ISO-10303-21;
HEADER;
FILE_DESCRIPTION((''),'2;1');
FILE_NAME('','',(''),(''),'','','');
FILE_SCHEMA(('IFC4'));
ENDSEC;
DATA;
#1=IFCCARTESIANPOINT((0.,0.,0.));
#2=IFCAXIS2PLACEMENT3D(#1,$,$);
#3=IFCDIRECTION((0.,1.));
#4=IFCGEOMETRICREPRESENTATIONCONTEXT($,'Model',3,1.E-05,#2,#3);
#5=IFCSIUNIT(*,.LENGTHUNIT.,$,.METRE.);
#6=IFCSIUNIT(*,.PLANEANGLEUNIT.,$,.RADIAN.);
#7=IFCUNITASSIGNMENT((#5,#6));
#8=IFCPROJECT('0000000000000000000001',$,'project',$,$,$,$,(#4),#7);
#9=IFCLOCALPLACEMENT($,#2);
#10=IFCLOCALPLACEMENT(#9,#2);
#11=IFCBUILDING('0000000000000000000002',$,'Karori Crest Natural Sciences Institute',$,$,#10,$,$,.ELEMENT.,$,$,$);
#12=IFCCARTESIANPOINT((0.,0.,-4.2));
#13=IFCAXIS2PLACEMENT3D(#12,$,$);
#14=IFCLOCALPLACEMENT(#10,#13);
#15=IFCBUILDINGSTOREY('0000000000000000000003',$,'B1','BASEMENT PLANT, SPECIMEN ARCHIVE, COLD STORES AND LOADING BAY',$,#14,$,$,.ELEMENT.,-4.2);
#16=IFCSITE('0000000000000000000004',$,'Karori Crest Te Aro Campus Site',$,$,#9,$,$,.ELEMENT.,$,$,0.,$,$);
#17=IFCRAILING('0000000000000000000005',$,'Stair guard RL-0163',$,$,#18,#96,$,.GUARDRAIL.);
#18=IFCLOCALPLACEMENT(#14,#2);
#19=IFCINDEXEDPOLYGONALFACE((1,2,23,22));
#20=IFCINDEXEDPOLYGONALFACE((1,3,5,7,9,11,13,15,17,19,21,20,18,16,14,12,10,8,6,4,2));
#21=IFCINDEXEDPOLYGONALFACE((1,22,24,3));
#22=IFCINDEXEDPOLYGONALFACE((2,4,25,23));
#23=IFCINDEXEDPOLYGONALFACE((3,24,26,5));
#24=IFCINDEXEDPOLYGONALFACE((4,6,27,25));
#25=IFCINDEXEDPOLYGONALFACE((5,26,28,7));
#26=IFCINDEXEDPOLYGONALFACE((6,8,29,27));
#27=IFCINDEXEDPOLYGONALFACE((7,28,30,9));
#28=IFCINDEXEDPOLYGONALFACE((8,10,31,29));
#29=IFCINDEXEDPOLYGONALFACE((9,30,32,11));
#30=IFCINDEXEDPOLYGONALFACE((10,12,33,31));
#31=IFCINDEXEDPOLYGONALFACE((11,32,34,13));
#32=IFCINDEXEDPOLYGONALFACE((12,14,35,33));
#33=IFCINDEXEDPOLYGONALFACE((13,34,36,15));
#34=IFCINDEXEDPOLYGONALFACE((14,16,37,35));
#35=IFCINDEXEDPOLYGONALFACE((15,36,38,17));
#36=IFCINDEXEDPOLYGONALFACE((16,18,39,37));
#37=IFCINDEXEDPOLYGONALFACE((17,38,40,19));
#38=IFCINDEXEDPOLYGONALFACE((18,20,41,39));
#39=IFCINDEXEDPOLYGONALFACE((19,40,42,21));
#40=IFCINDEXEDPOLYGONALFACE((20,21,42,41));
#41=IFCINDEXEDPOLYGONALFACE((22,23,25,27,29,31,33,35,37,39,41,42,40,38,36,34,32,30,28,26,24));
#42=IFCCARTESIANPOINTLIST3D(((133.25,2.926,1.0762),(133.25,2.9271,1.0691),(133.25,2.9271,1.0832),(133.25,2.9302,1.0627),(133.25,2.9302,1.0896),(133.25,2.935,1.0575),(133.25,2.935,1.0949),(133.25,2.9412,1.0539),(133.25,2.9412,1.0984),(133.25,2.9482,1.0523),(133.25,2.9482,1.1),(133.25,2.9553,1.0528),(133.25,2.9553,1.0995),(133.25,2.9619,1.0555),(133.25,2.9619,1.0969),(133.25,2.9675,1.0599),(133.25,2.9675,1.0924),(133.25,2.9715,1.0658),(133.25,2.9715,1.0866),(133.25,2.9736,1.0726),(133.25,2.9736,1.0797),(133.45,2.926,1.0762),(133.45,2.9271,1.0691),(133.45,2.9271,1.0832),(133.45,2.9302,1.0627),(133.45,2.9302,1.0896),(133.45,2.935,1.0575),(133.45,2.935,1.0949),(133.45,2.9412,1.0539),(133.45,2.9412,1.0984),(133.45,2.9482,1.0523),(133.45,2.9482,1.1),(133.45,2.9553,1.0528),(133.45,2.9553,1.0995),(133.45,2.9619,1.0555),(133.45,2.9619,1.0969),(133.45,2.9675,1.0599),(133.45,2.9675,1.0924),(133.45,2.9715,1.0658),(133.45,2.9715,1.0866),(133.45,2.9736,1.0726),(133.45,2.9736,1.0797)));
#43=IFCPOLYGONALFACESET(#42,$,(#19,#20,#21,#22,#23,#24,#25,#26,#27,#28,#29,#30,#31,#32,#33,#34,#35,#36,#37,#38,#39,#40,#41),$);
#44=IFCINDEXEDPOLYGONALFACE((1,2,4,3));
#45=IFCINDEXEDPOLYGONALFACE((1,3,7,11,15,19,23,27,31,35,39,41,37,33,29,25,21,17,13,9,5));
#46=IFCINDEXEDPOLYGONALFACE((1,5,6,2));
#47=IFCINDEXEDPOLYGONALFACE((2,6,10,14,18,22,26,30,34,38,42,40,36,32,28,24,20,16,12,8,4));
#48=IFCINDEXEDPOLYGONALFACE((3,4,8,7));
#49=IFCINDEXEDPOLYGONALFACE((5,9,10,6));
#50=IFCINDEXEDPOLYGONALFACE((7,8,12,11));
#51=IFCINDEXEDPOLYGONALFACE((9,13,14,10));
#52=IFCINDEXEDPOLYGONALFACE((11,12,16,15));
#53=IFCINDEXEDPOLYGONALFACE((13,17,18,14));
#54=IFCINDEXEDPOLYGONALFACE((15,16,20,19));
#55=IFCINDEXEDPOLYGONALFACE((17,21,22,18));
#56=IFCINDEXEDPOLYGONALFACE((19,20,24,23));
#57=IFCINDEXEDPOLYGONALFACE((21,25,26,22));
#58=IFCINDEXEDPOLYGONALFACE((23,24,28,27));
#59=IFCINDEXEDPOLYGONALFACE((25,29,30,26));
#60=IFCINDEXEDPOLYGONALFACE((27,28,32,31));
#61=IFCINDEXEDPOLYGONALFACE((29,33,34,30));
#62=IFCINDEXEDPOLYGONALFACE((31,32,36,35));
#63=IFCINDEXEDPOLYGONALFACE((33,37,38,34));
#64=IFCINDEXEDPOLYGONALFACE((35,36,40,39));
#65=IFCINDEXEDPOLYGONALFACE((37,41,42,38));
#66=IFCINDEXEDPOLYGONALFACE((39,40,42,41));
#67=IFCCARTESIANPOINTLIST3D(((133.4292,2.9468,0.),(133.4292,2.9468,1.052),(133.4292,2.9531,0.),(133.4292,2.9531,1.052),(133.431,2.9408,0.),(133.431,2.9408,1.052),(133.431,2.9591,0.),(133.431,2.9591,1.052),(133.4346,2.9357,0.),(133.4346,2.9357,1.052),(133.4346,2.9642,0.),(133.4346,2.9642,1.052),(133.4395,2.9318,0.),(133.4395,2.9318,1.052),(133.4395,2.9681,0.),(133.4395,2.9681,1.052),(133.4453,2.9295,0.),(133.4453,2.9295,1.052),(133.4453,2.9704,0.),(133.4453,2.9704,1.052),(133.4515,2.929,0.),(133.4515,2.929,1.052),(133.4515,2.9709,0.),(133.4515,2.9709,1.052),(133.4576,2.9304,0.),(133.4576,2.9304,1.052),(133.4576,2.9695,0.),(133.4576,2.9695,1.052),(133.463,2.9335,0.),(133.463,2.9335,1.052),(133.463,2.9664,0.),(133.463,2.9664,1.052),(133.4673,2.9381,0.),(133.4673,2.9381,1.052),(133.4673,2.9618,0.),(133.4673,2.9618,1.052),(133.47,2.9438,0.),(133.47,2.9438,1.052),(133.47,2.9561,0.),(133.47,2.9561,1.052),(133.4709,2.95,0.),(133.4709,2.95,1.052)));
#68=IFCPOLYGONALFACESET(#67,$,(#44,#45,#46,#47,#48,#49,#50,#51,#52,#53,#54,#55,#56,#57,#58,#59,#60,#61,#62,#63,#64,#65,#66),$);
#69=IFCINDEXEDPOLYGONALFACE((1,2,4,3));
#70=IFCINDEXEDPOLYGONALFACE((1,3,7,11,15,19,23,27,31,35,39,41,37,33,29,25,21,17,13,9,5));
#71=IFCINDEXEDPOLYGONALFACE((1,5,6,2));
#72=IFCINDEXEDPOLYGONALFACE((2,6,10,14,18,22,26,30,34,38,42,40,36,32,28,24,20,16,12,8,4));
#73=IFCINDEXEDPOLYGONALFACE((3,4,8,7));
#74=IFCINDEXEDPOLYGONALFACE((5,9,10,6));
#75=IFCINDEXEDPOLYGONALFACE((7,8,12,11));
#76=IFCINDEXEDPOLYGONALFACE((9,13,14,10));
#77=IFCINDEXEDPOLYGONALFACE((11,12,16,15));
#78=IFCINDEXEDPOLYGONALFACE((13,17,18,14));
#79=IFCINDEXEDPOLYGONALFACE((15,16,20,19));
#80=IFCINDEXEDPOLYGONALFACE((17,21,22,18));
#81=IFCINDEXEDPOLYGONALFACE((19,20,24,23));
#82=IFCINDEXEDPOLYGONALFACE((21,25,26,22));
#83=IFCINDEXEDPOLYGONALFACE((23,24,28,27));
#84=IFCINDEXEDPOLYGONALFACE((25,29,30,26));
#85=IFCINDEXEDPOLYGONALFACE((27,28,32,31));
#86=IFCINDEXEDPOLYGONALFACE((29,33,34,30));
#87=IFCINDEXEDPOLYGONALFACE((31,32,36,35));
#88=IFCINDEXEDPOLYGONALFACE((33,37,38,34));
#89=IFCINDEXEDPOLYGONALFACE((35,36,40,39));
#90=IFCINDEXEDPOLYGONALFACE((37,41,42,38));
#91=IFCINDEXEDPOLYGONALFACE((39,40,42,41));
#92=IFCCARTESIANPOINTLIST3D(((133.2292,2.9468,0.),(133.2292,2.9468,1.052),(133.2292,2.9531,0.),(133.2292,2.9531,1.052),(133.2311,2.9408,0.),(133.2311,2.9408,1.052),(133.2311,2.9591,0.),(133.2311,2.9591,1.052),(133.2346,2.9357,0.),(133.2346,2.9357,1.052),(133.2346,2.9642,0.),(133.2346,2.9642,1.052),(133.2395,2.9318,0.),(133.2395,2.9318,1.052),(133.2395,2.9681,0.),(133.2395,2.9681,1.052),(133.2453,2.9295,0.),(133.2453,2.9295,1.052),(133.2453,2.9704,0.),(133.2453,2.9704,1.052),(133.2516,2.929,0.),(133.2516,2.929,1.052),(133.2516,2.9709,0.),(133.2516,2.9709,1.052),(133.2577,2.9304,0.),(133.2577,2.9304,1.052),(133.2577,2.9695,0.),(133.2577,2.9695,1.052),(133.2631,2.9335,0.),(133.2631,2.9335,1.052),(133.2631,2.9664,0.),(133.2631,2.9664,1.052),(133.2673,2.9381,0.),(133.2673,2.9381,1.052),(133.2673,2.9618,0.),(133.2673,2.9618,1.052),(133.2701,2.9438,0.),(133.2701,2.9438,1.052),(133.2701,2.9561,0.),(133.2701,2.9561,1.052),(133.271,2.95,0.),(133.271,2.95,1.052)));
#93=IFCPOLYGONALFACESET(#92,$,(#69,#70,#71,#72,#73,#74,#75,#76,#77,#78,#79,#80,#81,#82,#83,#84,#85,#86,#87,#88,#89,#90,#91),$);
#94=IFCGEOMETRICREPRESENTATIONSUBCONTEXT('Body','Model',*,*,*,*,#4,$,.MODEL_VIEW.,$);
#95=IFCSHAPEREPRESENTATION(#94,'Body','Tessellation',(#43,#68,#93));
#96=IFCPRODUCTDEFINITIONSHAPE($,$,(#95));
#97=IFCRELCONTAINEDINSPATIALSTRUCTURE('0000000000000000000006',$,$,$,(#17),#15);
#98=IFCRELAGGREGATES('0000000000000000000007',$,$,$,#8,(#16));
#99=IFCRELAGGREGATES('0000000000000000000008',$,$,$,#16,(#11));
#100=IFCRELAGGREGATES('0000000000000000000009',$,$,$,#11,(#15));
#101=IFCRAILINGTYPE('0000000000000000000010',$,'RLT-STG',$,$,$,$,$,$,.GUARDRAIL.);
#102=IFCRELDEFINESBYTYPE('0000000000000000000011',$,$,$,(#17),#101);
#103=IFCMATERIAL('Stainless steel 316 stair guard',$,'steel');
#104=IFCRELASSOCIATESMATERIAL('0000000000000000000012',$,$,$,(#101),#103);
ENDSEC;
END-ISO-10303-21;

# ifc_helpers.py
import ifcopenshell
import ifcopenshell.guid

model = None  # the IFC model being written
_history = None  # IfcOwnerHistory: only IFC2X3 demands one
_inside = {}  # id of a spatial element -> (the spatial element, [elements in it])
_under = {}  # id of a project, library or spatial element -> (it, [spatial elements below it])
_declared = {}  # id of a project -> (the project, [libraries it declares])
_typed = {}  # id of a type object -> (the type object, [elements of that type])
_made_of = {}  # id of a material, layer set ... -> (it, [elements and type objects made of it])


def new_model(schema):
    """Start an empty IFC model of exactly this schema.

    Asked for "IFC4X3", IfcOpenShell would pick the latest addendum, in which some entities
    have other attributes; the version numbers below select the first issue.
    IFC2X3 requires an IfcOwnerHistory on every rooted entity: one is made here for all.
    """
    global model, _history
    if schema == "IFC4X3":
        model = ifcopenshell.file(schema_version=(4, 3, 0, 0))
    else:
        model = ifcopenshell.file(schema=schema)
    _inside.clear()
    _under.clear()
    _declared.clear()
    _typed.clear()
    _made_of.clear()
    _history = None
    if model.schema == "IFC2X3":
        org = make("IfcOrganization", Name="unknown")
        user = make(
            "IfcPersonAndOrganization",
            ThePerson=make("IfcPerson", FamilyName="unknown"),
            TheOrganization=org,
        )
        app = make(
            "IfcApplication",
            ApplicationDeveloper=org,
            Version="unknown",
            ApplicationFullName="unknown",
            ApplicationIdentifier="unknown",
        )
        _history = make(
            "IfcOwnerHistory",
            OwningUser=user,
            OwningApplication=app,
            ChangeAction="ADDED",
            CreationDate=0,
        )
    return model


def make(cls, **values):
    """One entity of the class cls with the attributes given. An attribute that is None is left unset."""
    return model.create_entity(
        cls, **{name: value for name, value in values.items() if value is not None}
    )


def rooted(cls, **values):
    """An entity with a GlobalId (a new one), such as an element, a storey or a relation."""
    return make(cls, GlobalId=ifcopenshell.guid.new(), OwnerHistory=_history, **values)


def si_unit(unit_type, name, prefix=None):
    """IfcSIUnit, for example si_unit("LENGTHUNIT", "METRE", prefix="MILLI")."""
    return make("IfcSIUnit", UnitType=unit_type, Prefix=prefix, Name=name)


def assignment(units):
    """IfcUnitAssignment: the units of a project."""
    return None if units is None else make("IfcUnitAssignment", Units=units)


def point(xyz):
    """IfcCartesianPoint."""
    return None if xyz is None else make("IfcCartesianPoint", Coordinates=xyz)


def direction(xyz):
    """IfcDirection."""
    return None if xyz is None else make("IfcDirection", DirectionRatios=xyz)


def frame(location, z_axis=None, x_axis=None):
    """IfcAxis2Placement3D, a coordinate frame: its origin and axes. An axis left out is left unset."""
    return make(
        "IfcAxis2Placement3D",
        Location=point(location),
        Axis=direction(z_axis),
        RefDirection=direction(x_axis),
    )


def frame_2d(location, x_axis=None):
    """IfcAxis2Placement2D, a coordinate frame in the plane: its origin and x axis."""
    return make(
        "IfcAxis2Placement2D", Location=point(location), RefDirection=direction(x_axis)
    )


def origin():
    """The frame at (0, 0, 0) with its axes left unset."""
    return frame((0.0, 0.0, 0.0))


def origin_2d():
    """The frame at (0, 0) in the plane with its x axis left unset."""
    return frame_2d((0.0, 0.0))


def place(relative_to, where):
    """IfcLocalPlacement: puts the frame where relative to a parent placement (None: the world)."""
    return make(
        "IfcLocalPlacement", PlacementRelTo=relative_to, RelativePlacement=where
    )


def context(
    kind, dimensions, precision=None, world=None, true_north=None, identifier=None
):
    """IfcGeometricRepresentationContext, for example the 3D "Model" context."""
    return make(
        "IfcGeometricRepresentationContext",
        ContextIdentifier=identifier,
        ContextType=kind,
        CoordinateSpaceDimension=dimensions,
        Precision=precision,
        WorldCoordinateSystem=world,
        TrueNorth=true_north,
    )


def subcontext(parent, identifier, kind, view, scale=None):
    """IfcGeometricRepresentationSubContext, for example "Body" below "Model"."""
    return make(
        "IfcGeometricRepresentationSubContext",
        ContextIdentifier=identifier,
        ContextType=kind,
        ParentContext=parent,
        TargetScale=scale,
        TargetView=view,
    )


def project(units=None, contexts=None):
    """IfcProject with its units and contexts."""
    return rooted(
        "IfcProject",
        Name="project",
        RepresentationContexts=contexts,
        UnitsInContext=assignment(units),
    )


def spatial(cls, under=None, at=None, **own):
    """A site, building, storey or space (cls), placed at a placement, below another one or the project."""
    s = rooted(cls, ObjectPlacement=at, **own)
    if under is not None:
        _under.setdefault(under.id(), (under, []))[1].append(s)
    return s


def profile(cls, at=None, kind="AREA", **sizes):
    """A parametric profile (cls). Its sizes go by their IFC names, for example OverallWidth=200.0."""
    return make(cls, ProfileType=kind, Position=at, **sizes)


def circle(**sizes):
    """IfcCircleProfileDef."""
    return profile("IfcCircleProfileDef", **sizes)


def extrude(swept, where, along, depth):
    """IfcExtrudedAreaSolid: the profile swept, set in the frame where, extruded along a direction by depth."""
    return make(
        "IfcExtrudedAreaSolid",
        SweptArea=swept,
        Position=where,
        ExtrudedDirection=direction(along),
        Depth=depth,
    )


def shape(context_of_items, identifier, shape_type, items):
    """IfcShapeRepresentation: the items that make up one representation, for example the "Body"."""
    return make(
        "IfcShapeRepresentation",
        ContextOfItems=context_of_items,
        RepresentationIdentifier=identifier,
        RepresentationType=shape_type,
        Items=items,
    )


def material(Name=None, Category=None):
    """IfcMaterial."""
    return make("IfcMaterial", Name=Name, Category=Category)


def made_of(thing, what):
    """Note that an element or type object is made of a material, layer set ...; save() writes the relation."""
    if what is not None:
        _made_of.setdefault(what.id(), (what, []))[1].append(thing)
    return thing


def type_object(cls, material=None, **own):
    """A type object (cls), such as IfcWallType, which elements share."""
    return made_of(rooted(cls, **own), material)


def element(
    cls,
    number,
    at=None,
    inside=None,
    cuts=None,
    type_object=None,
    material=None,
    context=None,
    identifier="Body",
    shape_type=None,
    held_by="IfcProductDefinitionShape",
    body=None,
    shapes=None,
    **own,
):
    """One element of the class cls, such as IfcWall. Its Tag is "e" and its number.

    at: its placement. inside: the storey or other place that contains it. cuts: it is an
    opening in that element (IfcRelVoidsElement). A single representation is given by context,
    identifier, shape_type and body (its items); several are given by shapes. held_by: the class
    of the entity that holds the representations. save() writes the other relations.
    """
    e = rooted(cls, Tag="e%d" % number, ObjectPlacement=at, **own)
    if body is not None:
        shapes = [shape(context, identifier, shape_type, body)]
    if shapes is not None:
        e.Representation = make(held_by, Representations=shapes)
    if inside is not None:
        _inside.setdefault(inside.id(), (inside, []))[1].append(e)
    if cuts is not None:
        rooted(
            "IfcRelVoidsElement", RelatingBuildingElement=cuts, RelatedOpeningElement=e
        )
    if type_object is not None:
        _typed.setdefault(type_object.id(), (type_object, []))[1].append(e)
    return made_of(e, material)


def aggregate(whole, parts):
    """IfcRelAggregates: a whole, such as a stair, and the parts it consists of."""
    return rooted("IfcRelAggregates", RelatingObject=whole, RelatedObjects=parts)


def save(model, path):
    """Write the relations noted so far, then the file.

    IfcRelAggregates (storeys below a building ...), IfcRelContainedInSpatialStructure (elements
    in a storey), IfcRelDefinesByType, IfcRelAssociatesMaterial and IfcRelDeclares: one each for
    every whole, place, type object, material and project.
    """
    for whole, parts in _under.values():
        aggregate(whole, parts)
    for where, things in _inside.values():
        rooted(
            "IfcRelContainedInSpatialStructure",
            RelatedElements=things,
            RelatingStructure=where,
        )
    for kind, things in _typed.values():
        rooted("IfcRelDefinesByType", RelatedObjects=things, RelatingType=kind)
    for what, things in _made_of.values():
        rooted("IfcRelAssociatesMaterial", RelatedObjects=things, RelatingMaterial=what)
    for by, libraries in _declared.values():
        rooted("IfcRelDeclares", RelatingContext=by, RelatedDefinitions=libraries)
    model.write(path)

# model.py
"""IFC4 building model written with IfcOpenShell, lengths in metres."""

from ifc_helpers import new_model, si_unit, direction, frame, origin, origin_2d, place, context, subcontext, project, spatial, circle, extrude, material, type_object, element, save


model = new_model("IFC4")

# Units and contexts
model_context = context("Model", 3, precision=1e-05, world=origin(), true_north=direction((0.0, 1.0)))
body_context = subcontext(model_context, "Body", "Model", "MODEL_VIEW")
ifc_project = project(units=[si_unit("LENGTHUNIT", "METRE"), si_unit("PLANEANGLEUNIT", "RADIAN")], contexts=[model_context])

# Site, building, storey
site_placement = place(None, origin())
site = spatial("IfcSite", under=ifc_project, at=site_placement, Name="Karori Crest Te Aro Campus Site", CompositionType="ELEMENT", RefElevation=0.0)
building_placement = place(site_placement, origin())
building = spatial("IfcBuilding", under=site, at=building_placement, Name="Karori Crest Natural Sciences Institute", CompositionType="ELEMENT")
storey_placement = place(building_placement, frame((0.0, 0.0, -4.2)))
storey = spatial("IfcBuildingStorey", under=building, at=storey_placement, Name="B1", Description="BASEMENT PLANT, SPECIMEN ARCHIVE, COLD STORES AND LOADING BAY", CompositionType="ELEMENT", Elevation=-4.2)

# Railing
ifc_material_1 = material(Name="Stainless steel 316 stair guard", Category="steel")
railing_type_1 = type_object("IfcRailingType", Name="RLT-STG", PredefinedType="GUARDRAIL", material=ifc_material_1)
railing_1_placement = place(storey_placement, frame((133.45, 2.95, 0.0)))
element("IfcRailing", 1, at=railing_1_placement, inside=storey, type_object=railing_type_1, Name="Stair guard RL-0163", PredefinedType="GUARDRAIL", context=body_context, shape_type="SweptSolid", body=[
    extrude(circle(Radius=0.0239, at=origin_2d()), frame((0.0, 0.0, 1.0762), z_axis=(-1.0, 0.0, 0.0), x_axis=(0.0, -1.0, 0.0)), (0.0, 0.0, 1.0), 0.2),
    extrude(circle(Radius=0.021, at=origin_2d()), origin(), (0.0, 0.0, 1.0), 1.052),
    extrude(circle(Radius=0.021, at=origin_2d()), frame((-0.2, 0.0, 0.0)), (0.0, 0.0, 1.0), 1.052),
])

save(model, "model.ifc")
